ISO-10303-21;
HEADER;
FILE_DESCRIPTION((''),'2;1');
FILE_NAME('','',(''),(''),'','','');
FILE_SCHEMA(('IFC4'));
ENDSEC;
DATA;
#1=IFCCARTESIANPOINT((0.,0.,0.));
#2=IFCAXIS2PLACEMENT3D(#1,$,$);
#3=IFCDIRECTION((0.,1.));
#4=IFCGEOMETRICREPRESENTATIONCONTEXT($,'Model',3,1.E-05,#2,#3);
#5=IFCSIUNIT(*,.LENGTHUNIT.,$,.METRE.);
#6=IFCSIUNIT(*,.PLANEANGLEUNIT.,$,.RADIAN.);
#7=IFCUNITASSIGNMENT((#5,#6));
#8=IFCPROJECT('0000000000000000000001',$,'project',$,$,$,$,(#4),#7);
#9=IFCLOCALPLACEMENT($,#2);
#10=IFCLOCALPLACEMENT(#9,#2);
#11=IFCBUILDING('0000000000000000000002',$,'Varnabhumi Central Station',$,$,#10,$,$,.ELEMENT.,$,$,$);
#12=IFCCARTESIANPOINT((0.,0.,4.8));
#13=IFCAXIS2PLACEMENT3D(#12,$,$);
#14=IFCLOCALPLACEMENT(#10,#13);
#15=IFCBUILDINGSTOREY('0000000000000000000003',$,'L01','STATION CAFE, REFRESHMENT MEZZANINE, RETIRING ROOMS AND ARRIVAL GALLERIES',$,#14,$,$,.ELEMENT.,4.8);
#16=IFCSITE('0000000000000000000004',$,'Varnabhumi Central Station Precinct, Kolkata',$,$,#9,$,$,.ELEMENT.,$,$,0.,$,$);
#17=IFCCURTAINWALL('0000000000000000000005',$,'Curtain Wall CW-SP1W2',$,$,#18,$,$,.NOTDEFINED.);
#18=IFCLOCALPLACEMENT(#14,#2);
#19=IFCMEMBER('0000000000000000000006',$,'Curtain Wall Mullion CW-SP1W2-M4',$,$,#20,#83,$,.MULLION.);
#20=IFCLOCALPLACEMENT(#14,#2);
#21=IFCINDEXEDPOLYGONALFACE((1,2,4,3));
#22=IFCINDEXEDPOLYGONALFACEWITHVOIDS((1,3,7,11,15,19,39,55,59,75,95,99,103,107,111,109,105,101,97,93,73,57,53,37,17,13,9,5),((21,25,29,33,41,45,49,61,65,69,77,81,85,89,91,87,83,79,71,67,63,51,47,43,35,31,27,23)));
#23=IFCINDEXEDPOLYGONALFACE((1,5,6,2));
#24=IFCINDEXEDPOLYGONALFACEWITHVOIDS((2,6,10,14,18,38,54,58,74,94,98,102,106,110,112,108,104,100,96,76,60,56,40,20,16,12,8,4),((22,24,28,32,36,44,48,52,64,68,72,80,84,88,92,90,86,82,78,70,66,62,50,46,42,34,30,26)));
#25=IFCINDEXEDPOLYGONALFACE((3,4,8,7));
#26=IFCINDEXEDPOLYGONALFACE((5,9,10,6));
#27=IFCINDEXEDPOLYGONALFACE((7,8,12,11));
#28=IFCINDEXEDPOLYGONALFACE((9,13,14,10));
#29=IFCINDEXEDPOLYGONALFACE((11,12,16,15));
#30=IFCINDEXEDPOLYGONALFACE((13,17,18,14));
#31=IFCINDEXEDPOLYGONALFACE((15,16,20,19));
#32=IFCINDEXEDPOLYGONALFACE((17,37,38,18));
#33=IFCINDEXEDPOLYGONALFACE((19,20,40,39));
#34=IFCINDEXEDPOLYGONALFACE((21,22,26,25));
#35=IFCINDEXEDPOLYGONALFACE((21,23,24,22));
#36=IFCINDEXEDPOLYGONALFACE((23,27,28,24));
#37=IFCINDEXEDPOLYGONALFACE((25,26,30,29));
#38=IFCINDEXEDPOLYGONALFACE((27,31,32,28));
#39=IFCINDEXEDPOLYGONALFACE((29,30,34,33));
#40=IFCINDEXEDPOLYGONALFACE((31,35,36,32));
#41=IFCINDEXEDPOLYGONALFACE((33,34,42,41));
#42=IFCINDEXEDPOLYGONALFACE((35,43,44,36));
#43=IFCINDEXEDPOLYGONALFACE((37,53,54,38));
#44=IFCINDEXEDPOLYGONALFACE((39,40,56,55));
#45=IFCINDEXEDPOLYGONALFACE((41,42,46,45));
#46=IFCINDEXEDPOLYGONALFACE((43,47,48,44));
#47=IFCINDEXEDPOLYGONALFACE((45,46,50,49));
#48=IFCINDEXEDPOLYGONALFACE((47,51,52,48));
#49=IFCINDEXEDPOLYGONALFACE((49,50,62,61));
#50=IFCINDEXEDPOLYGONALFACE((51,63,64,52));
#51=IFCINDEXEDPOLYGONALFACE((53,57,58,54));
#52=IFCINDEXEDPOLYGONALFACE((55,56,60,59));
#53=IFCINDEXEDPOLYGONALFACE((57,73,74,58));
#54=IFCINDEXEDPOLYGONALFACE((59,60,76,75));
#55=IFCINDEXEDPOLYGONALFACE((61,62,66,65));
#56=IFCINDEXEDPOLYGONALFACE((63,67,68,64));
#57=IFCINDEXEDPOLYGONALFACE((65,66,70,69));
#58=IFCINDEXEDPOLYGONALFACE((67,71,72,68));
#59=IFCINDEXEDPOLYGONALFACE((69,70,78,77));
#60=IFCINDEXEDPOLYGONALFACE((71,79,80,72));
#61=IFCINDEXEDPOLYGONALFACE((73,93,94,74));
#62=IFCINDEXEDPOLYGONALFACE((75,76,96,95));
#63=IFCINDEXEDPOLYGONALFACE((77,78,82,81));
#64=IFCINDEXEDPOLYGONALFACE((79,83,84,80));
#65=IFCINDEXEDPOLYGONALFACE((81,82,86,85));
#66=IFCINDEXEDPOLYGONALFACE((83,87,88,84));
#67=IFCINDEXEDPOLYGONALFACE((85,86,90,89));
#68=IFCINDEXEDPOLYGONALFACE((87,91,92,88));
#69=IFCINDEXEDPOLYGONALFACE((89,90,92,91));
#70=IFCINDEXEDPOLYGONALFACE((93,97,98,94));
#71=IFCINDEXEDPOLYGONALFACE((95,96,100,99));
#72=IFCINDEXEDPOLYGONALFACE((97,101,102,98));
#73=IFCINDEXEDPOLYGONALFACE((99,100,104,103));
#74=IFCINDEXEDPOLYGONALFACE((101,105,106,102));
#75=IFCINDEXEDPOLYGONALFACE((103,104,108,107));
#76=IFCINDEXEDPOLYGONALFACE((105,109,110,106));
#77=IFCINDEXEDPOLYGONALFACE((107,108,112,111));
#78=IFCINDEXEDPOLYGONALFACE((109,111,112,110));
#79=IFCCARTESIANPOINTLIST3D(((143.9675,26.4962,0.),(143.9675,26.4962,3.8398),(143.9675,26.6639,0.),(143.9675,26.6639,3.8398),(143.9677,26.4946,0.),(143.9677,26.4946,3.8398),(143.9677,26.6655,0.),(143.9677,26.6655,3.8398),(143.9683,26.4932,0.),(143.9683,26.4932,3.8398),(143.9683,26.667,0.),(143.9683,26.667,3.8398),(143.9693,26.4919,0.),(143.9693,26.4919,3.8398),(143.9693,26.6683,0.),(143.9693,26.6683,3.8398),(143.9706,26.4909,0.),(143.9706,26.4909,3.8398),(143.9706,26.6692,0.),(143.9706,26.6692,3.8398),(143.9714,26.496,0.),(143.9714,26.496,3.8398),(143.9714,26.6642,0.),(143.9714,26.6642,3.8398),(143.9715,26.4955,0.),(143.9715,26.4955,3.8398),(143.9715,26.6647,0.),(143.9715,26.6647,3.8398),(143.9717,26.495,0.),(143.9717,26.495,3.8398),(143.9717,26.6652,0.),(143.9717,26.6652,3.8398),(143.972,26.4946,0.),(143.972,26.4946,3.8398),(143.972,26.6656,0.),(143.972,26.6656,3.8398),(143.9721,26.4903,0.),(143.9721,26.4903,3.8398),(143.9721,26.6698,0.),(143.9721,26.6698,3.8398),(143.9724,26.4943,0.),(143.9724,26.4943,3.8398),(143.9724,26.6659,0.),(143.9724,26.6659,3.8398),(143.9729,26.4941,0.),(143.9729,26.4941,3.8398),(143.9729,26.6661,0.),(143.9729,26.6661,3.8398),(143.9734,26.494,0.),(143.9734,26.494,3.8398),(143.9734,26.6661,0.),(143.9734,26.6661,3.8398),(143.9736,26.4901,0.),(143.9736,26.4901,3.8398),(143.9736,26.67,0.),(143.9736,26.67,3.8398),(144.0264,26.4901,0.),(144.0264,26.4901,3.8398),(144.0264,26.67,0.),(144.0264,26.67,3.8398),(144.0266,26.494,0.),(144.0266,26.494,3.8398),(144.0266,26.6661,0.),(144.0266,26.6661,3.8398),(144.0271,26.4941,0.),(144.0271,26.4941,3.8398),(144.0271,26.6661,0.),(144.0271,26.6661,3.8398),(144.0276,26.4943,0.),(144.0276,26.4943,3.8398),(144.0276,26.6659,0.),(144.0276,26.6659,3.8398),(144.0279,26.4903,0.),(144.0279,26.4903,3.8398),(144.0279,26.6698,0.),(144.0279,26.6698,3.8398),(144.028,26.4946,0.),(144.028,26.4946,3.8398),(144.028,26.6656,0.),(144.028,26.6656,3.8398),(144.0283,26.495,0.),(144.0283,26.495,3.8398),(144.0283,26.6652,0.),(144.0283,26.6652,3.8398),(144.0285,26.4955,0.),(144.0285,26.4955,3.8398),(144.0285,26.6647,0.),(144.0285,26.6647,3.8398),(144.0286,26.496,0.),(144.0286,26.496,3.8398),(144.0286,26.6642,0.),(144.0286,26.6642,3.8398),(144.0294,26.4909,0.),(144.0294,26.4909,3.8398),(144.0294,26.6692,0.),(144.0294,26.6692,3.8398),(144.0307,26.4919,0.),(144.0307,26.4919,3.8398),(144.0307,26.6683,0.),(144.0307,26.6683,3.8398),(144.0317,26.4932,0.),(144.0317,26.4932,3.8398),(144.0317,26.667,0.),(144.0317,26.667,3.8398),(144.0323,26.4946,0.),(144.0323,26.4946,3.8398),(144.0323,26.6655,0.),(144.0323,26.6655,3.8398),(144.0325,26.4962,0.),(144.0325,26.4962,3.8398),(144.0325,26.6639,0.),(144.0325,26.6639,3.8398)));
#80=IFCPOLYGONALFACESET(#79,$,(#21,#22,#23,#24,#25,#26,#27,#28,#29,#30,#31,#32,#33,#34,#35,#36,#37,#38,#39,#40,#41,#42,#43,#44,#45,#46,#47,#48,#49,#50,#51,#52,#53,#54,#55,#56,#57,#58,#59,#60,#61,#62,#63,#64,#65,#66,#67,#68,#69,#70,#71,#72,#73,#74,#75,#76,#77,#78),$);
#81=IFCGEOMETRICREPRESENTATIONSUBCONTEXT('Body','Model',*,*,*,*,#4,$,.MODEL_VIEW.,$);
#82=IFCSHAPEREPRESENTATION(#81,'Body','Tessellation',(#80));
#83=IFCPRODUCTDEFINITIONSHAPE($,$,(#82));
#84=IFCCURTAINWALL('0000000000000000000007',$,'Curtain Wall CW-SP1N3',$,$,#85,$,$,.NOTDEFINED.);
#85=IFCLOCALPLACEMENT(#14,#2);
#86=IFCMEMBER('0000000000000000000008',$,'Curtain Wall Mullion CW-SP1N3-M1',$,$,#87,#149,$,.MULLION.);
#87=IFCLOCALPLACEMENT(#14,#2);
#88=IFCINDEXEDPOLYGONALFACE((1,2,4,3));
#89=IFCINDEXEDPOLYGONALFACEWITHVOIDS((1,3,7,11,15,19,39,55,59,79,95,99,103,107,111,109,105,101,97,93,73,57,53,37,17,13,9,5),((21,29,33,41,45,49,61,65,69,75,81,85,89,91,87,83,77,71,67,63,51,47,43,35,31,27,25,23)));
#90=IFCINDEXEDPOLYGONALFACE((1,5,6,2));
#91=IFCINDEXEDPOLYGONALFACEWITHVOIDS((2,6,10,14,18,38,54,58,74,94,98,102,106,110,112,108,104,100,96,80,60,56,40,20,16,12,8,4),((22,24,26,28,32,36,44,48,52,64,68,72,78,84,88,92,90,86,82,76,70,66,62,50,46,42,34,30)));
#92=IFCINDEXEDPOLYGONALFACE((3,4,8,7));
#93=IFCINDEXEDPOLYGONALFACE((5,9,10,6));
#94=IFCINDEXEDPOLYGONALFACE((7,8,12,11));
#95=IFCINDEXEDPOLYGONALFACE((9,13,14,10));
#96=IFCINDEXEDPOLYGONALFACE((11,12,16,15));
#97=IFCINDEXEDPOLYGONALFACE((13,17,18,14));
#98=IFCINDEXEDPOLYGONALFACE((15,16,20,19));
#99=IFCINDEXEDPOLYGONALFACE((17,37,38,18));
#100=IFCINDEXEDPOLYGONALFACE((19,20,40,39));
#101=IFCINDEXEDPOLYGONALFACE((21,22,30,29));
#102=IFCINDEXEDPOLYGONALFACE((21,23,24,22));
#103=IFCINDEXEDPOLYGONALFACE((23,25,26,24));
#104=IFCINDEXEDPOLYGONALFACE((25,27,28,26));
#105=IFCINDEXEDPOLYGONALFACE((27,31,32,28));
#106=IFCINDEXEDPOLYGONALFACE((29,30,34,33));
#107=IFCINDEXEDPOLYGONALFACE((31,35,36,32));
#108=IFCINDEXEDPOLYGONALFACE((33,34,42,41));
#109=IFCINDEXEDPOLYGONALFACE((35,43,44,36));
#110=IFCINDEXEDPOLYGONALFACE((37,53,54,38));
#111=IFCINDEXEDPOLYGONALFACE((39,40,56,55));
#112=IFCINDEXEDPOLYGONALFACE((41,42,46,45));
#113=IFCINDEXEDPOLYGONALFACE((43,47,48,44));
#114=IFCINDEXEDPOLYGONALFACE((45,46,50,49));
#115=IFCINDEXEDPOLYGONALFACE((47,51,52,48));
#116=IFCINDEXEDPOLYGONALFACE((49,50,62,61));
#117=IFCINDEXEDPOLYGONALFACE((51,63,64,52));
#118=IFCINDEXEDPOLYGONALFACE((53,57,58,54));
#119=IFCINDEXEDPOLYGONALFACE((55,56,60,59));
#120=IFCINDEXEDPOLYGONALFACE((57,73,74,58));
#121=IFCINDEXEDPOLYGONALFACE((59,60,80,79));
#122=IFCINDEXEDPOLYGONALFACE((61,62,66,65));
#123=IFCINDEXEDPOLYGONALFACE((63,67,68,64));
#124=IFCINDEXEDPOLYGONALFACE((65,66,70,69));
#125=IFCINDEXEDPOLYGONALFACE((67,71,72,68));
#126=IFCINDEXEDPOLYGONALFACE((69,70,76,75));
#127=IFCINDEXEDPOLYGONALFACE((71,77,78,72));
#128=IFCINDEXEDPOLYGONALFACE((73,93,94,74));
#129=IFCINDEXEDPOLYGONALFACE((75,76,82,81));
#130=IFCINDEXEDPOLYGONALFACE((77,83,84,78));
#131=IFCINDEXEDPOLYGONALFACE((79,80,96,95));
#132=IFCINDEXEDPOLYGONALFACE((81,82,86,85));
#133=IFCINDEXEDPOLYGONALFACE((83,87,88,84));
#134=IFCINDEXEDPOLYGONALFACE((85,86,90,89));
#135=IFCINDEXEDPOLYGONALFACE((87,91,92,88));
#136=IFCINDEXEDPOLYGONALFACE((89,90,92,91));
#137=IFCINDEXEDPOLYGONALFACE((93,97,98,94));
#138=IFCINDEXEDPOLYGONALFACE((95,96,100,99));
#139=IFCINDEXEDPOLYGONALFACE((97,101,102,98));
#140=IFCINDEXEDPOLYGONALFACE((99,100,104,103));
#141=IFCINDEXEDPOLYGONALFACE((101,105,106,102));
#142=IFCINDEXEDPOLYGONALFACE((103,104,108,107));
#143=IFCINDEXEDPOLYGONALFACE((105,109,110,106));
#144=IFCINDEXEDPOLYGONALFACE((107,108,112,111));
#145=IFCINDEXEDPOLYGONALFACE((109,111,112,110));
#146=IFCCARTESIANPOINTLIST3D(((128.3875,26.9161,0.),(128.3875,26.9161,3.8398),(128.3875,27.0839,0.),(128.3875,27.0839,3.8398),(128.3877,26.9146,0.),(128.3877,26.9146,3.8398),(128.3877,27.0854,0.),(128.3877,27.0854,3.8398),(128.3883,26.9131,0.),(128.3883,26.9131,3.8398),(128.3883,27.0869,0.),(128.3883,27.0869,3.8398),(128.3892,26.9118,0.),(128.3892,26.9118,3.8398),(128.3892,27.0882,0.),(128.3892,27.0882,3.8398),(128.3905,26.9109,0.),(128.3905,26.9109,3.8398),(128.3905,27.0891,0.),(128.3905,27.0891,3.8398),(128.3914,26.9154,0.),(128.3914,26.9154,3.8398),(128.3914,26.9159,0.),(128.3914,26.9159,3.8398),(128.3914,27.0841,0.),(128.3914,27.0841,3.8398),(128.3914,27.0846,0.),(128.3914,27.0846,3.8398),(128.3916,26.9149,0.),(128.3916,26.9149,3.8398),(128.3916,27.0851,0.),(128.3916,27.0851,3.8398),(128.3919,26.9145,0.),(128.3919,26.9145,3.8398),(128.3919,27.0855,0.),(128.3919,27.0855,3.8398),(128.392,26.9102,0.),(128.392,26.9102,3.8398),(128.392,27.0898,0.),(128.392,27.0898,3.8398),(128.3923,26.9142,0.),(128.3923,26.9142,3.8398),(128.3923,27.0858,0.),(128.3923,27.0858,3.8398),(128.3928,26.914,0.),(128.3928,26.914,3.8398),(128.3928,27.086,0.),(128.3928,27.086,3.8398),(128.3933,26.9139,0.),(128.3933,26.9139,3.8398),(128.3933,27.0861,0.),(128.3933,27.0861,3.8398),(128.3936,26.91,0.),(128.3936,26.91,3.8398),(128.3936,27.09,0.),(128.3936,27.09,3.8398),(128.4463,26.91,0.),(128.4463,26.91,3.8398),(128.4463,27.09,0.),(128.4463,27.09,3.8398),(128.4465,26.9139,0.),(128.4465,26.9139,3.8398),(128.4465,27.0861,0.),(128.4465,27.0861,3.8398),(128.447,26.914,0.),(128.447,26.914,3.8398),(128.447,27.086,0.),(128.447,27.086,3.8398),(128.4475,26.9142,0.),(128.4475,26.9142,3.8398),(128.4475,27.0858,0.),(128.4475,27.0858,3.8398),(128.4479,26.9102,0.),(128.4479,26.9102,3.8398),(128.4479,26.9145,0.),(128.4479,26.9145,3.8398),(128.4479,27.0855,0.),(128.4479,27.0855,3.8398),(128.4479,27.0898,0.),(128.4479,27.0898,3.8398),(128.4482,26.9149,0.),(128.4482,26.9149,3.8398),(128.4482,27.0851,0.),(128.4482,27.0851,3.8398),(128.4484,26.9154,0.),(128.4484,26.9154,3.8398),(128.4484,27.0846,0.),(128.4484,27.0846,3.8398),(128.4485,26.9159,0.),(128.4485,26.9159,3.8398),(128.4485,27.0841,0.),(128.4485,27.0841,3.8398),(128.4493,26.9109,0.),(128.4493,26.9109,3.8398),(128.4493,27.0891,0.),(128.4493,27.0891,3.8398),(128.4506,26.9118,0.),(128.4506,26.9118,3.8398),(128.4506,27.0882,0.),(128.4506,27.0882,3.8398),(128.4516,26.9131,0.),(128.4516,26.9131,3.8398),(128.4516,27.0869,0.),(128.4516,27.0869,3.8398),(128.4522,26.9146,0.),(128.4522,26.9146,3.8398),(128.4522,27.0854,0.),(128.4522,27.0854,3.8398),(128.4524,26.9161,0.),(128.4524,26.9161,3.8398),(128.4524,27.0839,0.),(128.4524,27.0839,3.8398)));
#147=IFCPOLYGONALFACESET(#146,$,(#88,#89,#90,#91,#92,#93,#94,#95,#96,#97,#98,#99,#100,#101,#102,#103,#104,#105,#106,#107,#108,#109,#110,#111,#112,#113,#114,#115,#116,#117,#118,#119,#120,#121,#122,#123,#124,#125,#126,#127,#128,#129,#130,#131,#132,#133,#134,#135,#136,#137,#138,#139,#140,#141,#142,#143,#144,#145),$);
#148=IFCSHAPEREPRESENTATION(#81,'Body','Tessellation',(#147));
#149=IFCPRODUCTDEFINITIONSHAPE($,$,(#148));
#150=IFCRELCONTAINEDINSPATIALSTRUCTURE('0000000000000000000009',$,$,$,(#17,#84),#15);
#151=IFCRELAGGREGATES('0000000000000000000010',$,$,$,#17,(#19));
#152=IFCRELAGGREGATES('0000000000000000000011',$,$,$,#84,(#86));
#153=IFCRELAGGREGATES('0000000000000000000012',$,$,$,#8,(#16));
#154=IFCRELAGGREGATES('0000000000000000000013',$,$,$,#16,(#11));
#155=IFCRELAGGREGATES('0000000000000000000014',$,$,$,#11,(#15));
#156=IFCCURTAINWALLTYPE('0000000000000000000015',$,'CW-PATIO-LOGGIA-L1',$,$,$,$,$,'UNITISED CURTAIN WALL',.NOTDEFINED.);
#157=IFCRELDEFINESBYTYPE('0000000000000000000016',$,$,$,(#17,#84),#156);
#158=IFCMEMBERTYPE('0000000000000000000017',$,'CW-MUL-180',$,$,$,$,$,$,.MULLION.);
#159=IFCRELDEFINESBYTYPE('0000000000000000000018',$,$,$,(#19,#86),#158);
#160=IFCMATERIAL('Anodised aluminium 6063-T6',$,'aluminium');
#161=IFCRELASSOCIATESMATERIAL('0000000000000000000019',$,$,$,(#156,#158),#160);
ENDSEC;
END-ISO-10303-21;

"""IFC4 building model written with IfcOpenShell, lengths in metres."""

from ifc_helpers import new_model, si_unit, direction, frame, origin, origin_2d, place, context, subcontext, project, spatial, hollow_rectangle, extrude, material, material_profile, profile_set, type_object, element, aggregate, save


model = new_model("IFC4")

# Units and contexts
model_context = context("Model", 3, precision=1e-05, world=origin(), true_north=direction((0.0, 1.0)))
body_context = subcontext(model_context, "Body", "Model", "MODEL_VIEW")
ifc_project = project(units=[si_unit("LENGTHUNIT", "METRE"), si_unit("PLANEANGLEUNIT", "RADIAN")], contexts=[model_context])

# Site, building, storey
site_placement = place(None, origin())
site = spatial("IfcSite", under=ifc_project, at=site_placement, Name="Varnabhumi Central Station Precinct, Kolkata", CompositionType="ELEMENT", RefElevation=0.0)
building_placement = place(site_placement, origin())
building = spatial("IfcBuilding", under=site, at=building_placement, Name="Varnabhumi Central Station", CompositionType="ELEMENT")
storey_placement = place(building_placement, frame((0.0, 0.0, 4.8)))
storey = spatial("IfcBuildingStorey", under=building, at=storey_placement, Name="L01", Description="STATION CAFE, REFRESHMENT MEZZANINE, RETIRING ROOMS AND ARRIVAL GALLERIES", CompositionType="ELEMENT", Elevation=4.8)

# Curtain walls, members
ifc_material_1 = material(Name="Anodised aluminium 6063-T6", Category="aluminium")
curtain_wall_type = type_object("IfcCurtainWallType", Name="CW-PATIO-LOGGIA-L1", ElementType="UNITISED CURTAIN WALL", PredefinedType="NOTDEFINED", material=ifc_material_1)
ifc_material_profile_1 = material_profile(ifc_material_1, hollow_rectangle(XDim=0.0649, YDim=0.1799, WallThickness=0.0039, InnerFilletRadius=0.002, OuterFilletRadius=0.0061, at=origin_2d()), Name="Anodised aluminium 6063-T6", Category="aluminium")
ifc_profile_set_1 = profile_set([ifc_material_profile_1], Name="Anodised aluminium 6063-T6")
member_type_1 = type_object("IfcMemberType", Name="CW-MUL-180", PredefinedType="MULLION", material=ifc_profile_set_1)
curtain_wall_1_placement = place(storey_placement, origin())
curtain_wall_1 = element("IfcCurtainWall", 1, at=curtain_wall_1_placement, inside=storey, type_object=curtain_wall_type, Name="Curtain Wall CW-SP1W2", PredefinedType="NOTDEFINED")
member_1_placement = place(storey_placement, frame((144.0, 26.5801, 0.0), z_axis=(0.0, 0.0, 1.0), x_axis=(1.0, 0.0, 0.0)))
member_1 = element("IfcMember", 2, at=member_1_placement, type_object=member_type_1, Name="Curtain Wall Mullion CW-SP1W2-M4", PredefinedType="MULLION", context=body_context, shape_type="SweptSolid", body=[
    extrude(hollow_rectangle(XDim=0.0649, YDim=0.1799, WallThickness=0.0039, InnerFilletRadius=0.002, OuterFilletRadius=0.0061, at=origin_2d()), origin(), (0.0, 0.0, 1.0), 3.8398),
])
curtain_wall_2_placement = place(storey_placement, origin())
curtain_wall_2 = element("IfcCurtainWall", 3, at=curtain_wall_2_placement, inside=storey, type_object=curtain_wall_type, Name="Curtain Wall CW-SP1N3", PredefinedType="NOTDEFINED")
member_2_placement = place(storey_placement, frame((128.4199, 27.0, 0.0), z_axis=(0.0, 0.0, 1.0), x_axis=(1.0, 0.0, 0.0)))
member_2 = element("IfcMember", 4, at=member_2_placement, type_object=member_type_1, Name="Curtain Wall Mullion CW-SP1N3-M1", PredefinedType="MULLION", context=body_context, shape_type="SweptSolid", body=[
    extrude(hollow_rectangle(XDim=0.0649, YDim=0.1799, WallThickness=0.0039, InnerFilletRadius=0.002, OuterFilletRadius=0.0061, at=origin_2d()), origin(), (0.0, 0.0, 1.0), 3.8398),
])

aggregate(curtain_wall_1, [member_1])
aggregate(curtain_wall_2, [member_2])

save(model, "model.ifc")
